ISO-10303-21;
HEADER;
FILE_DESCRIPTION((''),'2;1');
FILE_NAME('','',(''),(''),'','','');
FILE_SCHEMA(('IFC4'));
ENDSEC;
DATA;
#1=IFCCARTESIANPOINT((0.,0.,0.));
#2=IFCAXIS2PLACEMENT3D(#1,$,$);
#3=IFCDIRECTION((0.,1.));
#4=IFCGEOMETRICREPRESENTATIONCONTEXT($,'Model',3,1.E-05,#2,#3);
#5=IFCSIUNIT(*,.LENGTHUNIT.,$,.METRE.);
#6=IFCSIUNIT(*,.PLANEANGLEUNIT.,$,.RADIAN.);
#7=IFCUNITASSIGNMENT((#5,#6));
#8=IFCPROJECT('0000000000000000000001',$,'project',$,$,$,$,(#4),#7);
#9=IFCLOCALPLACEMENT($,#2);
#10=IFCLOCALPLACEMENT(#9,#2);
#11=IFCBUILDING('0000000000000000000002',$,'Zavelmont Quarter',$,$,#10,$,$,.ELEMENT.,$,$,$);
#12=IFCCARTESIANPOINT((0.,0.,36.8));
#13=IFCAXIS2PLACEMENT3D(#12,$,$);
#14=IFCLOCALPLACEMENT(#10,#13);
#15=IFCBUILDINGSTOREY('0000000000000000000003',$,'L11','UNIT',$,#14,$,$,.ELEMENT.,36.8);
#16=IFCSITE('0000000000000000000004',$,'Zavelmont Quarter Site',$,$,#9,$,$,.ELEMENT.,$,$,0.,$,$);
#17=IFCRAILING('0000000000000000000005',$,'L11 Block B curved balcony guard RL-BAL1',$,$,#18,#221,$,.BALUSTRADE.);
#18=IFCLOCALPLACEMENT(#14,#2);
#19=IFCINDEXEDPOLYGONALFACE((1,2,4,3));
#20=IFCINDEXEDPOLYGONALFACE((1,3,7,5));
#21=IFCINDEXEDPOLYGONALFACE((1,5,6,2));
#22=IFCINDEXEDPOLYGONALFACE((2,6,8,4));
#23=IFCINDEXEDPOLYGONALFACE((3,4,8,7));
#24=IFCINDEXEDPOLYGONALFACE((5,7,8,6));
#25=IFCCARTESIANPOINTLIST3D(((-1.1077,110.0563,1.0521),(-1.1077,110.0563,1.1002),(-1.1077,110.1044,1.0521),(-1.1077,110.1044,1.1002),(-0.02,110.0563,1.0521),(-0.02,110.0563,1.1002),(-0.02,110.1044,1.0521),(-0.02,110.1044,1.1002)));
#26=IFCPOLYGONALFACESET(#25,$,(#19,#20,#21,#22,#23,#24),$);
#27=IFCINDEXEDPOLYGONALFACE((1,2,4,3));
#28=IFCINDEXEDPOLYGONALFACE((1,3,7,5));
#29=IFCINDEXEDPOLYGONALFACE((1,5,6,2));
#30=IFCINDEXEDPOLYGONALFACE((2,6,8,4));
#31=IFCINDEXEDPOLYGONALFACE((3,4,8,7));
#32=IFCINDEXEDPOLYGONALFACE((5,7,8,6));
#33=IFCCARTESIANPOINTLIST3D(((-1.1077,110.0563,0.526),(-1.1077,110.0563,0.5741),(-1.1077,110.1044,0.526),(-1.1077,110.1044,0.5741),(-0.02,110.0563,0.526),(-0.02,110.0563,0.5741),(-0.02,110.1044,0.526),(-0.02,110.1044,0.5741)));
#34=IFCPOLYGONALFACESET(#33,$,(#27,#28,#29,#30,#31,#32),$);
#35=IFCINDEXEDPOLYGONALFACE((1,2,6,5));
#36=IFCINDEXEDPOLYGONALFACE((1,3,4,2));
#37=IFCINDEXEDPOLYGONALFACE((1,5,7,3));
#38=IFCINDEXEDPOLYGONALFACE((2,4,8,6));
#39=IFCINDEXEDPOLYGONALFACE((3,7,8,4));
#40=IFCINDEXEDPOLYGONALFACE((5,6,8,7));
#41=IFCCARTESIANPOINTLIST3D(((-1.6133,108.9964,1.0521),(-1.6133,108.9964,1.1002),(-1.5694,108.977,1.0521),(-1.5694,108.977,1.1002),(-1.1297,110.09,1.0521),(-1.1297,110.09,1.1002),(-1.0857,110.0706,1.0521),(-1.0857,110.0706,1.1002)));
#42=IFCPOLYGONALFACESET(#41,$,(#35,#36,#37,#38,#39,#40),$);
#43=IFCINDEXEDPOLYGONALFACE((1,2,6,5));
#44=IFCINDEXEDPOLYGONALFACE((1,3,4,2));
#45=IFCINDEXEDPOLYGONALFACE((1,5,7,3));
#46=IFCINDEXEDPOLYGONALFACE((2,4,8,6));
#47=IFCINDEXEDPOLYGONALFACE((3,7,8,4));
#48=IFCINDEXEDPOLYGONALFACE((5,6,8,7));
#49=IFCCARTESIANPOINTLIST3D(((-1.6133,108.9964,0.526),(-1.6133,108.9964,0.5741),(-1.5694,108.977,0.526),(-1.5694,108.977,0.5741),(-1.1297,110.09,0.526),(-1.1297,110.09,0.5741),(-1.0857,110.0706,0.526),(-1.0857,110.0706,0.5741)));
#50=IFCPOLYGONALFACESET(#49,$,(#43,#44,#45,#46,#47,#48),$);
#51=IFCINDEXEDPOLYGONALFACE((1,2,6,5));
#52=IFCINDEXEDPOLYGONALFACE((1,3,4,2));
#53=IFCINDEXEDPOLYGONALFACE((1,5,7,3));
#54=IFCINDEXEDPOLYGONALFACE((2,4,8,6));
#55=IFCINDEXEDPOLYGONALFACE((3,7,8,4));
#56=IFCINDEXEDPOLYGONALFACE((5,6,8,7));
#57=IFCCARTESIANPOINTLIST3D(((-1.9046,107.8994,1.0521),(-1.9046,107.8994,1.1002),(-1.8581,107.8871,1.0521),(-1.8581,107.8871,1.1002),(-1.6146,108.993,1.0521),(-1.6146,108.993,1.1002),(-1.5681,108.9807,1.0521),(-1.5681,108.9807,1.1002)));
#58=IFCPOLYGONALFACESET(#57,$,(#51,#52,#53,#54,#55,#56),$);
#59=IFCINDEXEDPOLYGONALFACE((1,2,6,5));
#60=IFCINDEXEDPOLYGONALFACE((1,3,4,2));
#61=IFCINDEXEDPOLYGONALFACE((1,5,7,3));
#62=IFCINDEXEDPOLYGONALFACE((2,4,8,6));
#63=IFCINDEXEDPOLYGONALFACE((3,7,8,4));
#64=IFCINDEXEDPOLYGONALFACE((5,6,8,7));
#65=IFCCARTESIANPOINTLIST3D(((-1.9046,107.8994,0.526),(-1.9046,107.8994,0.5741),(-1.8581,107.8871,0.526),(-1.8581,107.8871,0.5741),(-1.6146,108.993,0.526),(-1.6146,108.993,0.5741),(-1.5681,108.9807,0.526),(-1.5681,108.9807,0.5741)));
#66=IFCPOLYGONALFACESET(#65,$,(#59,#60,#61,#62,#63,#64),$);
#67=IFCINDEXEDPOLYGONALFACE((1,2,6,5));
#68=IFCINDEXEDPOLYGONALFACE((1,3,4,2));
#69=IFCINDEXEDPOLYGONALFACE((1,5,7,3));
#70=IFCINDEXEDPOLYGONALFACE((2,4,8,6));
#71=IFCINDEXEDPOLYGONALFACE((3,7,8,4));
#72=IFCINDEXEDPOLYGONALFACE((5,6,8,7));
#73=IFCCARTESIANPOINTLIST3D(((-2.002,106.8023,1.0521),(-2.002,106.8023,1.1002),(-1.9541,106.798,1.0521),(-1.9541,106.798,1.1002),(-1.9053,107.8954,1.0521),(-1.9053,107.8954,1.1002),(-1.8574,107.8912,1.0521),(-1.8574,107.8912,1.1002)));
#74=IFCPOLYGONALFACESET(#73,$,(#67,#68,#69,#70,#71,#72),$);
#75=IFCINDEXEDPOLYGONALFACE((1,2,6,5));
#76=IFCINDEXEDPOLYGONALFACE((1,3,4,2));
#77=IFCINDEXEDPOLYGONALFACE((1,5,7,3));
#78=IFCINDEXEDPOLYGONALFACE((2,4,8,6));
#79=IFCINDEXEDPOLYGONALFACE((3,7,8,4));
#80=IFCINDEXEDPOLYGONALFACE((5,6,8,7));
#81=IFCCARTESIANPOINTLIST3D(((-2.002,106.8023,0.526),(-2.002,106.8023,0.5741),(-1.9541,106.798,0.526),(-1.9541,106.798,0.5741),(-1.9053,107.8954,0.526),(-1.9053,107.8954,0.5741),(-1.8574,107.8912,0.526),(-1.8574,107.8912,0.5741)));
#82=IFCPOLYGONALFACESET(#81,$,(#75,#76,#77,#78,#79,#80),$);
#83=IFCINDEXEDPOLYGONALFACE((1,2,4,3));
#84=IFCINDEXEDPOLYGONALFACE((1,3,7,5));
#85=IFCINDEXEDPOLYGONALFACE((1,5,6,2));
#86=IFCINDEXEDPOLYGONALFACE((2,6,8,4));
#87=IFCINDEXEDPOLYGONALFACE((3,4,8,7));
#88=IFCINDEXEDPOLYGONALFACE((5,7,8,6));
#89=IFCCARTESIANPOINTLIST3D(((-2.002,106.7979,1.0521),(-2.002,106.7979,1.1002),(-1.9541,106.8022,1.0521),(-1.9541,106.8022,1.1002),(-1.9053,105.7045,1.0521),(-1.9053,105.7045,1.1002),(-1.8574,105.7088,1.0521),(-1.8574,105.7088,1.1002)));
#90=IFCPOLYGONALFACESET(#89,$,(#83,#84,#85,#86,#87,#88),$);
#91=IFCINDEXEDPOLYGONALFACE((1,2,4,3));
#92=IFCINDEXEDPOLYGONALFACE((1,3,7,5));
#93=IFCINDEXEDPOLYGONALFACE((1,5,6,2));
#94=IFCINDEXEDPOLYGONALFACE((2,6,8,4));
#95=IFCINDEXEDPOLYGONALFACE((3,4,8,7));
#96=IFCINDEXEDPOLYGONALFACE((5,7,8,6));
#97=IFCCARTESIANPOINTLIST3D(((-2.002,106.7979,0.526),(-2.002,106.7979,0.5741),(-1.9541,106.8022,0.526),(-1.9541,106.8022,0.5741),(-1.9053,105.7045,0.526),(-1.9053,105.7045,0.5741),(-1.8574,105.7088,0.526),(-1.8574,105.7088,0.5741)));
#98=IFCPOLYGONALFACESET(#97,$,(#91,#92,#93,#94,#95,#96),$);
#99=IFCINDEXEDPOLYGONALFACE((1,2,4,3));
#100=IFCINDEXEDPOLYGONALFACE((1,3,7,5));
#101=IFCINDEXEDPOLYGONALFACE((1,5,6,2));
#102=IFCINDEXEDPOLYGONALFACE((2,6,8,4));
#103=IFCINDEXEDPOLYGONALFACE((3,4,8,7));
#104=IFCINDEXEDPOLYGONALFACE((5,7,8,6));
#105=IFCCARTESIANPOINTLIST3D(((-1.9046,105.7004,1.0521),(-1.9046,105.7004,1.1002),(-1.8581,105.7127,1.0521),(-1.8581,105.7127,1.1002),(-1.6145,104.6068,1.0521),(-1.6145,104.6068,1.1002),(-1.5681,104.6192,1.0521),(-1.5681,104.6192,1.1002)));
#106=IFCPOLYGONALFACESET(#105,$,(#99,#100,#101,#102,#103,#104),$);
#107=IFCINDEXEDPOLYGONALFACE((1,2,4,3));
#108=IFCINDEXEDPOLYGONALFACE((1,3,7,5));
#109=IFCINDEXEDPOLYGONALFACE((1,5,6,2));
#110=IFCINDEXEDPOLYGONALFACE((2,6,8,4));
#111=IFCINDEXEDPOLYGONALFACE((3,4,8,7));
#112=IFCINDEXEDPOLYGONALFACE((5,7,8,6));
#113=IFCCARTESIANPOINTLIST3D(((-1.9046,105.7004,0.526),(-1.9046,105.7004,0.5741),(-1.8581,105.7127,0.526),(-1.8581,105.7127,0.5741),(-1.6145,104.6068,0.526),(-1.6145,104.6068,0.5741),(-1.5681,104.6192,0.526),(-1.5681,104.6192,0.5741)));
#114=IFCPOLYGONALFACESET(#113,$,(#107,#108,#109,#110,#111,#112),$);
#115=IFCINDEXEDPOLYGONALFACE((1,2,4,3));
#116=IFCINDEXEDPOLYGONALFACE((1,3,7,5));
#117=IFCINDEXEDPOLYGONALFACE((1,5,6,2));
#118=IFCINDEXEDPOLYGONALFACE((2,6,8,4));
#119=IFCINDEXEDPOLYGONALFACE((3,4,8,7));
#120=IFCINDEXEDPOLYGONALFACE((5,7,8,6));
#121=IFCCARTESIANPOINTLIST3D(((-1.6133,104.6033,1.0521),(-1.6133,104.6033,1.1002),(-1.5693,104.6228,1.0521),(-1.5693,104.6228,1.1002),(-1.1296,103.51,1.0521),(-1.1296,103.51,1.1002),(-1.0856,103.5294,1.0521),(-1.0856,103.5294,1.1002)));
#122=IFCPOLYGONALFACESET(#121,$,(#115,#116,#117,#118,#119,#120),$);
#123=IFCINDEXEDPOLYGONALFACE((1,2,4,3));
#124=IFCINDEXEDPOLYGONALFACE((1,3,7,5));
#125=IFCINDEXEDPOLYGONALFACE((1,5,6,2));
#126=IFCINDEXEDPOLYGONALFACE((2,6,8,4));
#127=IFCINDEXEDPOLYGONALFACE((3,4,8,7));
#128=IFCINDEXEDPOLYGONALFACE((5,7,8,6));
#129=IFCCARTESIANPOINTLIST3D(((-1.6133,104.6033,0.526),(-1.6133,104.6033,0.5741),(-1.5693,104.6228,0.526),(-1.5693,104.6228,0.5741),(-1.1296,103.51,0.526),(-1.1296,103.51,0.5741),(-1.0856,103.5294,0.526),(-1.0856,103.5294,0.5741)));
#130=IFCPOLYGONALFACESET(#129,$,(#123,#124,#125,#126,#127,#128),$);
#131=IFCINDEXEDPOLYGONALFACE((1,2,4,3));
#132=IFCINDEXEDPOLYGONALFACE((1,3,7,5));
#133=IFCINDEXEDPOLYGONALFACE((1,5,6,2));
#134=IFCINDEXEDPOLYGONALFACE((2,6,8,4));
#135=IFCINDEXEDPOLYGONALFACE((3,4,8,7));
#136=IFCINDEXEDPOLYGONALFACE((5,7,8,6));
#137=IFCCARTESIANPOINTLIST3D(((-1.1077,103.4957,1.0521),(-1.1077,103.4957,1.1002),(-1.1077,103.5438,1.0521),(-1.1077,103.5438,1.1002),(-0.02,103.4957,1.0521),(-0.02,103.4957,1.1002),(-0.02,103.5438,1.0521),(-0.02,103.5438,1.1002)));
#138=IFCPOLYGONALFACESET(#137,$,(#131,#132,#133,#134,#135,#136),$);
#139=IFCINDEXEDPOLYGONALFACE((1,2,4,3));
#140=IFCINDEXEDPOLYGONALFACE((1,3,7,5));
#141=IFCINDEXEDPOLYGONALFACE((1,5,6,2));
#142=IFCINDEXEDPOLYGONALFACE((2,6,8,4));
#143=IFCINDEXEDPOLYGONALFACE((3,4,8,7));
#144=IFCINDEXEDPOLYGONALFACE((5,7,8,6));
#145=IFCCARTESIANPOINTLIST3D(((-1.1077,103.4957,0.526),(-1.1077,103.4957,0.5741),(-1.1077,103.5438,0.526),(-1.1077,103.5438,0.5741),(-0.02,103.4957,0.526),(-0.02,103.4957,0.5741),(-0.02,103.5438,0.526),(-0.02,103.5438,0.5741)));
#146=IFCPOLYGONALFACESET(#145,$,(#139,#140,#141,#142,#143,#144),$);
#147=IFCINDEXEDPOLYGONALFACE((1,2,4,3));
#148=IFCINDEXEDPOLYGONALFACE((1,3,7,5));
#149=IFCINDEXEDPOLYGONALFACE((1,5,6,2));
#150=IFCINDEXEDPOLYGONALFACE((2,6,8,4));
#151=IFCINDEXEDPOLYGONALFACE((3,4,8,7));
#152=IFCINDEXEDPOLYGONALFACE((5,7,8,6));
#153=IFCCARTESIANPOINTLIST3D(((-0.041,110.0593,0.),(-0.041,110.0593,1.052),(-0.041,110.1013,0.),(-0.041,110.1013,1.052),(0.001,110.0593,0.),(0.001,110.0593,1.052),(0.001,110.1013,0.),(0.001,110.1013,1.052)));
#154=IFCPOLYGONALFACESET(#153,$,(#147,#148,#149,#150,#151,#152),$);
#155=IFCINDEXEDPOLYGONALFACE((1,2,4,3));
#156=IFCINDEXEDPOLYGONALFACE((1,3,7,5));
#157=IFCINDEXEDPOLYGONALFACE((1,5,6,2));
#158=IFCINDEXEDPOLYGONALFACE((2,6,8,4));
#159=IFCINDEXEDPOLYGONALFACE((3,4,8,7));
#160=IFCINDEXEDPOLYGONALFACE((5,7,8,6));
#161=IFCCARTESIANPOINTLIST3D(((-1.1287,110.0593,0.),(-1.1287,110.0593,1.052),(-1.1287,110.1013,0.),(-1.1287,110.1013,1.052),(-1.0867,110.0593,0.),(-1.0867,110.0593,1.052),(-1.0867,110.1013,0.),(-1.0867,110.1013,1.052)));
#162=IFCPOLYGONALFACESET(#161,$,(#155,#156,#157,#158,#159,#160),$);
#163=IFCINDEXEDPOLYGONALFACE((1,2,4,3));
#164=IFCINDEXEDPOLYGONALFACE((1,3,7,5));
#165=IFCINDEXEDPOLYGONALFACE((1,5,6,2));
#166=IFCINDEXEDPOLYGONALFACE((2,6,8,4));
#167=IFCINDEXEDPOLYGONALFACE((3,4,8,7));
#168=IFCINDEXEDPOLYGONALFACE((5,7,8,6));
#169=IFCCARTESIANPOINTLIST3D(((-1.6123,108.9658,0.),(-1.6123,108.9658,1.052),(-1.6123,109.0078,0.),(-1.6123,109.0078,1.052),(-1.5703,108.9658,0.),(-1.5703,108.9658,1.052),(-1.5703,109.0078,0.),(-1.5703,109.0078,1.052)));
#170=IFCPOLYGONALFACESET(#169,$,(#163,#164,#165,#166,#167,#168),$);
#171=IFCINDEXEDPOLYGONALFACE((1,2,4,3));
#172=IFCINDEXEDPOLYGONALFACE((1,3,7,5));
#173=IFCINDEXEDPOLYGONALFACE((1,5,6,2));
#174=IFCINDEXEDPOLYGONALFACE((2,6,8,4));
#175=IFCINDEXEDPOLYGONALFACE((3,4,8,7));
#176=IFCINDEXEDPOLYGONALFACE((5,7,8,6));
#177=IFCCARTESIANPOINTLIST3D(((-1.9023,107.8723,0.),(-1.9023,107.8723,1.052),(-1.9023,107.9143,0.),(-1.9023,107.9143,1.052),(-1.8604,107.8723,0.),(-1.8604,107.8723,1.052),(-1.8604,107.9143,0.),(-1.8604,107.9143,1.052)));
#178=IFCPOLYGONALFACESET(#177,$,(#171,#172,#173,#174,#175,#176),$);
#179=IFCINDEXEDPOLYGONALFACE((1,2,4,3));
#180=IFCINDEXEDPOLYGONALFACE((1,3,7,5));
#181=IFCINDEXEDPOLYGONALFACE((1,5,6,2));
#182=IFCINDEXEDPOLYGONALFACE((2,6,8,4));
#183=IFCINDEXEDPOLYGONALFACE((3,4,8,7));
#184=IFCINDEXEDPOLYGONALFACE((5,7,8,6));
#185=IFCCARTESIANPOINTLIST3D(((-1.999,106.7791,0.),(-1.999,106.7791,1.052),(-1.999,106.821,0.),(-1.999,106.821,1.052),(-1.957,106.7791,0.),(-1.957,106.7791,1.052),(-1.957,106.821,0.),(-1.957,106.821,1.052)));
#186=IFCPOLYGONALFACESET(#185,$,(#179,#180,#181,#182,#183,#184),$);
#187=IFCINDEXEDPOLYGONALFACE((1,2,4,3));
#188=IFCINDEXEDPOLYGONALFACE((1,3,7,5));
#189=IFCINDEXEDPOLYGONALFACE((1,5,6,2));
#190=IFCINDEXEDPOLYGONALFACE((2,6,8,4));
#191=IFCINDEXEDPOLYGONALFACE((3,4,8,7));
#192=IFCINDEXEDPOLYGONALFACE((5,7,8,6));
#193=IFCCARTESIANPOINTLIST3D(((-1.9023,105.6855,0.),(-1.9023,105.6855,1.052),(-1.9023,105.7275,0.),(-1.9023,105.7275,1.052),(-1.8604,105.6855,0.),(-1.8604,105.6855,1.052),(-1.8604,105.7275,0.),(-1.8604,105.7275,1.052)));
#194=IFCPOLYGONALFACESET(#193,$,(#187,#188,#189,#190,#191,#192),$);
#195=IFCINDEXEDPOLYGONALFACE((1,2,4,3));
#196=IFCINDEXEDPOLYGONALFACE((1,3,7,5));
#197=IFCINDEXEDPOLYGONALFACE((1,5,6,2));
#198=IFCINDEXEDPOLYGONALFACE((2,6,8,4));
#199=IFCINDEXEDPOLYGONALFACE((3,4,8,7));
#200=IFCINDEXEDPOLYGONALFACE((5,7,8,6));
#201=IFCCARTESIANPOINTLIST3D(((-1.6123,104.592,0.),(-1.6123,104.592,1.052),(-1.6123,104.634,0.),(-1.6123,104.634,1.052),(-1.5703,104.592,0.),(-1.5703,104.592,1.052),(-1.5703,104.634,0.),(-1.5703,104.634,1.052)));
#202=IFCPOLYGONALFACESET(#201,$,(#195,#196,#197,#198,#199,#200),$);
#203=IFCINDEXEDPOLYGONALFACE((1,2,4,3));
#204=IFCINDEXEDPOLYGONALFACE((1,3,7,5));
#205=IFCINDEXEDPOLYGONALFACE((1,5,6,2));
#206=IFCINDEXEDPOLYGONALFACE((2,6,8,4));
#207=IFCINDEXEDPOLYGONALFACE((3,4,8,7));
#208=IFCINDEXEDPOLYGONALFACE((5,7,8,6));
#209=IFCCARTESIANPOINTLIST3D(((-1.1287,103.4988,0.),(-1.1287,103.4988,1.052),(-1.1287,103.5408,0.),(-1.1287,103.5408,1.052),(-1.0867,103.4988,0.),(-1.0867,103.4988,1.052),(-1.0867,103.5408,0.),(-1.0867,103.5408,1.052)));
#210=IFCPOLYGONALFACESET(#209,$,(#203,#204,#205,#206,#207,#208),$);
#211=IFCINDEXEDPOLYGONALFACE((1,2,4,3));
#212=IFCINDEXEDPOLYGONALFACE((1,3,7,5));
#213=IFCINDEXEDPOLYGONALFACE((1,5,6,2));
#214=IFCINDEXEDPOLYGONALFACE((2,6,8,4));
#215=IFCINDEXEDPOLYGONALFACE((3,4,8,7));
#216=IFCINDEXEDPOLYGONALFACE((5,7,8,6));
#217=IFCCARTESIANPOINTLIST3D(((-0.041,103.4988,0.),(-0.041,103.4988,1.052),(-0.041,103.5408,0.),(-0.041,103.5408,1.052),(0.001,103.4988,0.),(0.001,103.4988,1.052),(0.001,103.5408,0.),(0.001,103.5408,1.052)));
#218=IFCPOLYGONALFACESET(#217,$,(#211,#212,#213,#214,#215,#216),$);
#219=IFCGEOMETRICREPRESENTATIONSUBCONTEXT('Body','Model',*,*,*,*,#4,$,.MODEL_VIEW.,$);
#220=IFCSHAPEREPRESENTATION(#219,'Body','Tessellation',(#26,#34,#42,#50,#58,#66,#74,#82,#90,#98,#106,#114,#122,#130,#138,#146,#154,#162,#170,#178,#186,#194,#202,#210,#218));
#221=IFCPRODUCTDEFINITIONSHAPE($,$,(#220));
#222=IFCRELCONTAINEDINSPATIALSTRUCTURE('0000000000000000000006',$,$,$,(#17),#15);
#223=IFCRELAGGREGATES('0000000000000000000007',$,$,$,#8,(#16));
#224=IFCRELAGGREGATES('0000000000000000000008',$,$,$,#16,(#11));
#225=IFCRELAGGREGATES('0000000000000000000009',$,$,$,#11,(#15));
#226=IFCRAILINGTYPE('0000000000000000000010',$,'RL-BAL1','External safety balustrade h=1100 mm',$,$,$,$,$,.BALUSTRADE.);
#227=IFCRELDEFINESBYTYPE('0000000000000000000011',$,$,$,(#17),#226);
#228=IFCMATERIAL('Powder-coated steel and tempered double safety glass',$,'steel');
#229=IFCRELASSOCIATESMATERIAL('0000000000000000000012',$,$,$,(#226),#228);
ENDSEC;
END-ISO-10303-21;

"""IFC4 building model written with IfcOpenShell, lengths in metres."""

from ifc_helpers import new_model, si_unit, direction, frame, origin, origin_2d, place, context, subcontext, project, spatial, rectangle, extrude, material, type_object, element, save


model = new_model("IFC4")

# Units and contexts
model_context = context("Model", 3, precision=1e-05, world=origin(), true_north=direction((0.0, 1.0)))
body_context = subcontext(model_context, "Body", "Model", "MODEL_VIEW")
ifc_project = project(units=[si_unit("LENGTHUNIT", "METRE"), si_unit("PLANEANGLEUNIT", "RADIAN")], contexts=[model_context])

# Site, building, storey
site_placement = place(None, origin())
site = spatial("IfcSite", under=ifc_project, at=site_placement, Name="Zavelmont Quarter Site", CompositionType="ELEMENT", RefElevation=0.0)
building_placement = place(site_placement, origin())
building = spatial("IfcBuilding", under=site, at=building_placement, Name="Zavelmont Quarter", CompositionType="ELEMENT")
storey_placement = place(building_placement, frame((0.0, 0.0, 36.8)))
storey = spatial("IfcBuildingStorey", under=building, at=storey_placement, Name="L11", Description="UNIT", CompositionType="ELEMENT", Elevation=36.8)

# Railing
ifc_material_1 = material(Name="Powder-coated steel and tempered double safety glass", Category="steel")
railing_type = type_object("IfcRailingType", Name="RL-BAL1", Description="External safety balustrade h=1100 mm", PredefinedType="BALUSTRADE", material=ifc_material_1)
railing_placement = place(storey_placement, frame((-0.02, 110.0803, 0.0)))
element("IfcRailing", 1, at=railing_placement, inside=storey, type_object=railing_type, Name="L11 Block B curved balcony guard RL-BAL1", PredefinedType="BALUSTRADE", context=body_context, shape_type="SweptSolid", body=[
    extrude(rectangle(XDim=0.0481, YDim=0.0481, at=origin_2d()), frame((0.0, 0.0, 1.0762), z_axis=(-1.0, 0.0, 0.0), x_axis=(0.0, -1.0, 0.0)), (0.0, 0.0, 1.0), 1.0876),
    extrude(rectangle(XDim=0.0481, YDim=0.0481, at=origin_2d()), frame((0.0, 0.0, 0.55), z_axis=(-1.0, 0.0, 0.0), x_axis=(0.0, -1.0, 0.0)), (0.0, 0.0, 1.0), 1.0876),
    extrude(rectangle(XDim=0.0481, YDim=0.0481, at=origin_2d()), frame((-1.0876, 0.0, 1.0762), z_axis=(-0.40449, -0.914543, 0.0), x_axis=(0.914543, -0.40449, 0.0)), (0.0, 0.0, 1.0), 1.1958),
    extrude(rectangle(XDim=0.0481, YDim=0.0481, at=origin_2d()), frame((-1.0876, 0.0, 0.55), z_axis=(-0.40449, -0.914543, 0.0), x_axis=(0.914543, -0.40449, 0.0)), (0.0, 0.0, 1.0), 1.1958),
    extrude(rectangle(XDim=0.0481, YDim=0.0481, at=origin_2d()), frame((-1.5713, -1.0935, 1.0762), z_axis=(-0.256373, -0.966578, 0.0), x_axis=(0.966578, -0.256373, 0.0)), (0.0, 0.0, 1.0), 1.1313),
    extrude(rectangle(XDim=0.0481, YDim=0.0481, at=origin_2d()), frame((-1.5713, -1.0935, 0.55), z_axis=(-0.256373, -0.966578, 0.0), x_axis=(0.966578, -0.256373, 0.0)), (0.0, 0.0, 1.0), 1.1313),
    extrude(rectangle(XDim=0.0481, YDim=0.0481, at=origin_2d()), frame((-1.8613, -2.187, 1.0762), z_axis=(-0.088089, -0.996113, 0.0), x_axis=(0.996113, -0.088089, 0.0)), (0.0, 0.0, 1.0), 1.0974),
    extrude(rectangle(XDim=0.0481, YDim=0.0481, at=origin_2d()), frame((-1.8613, -2.187, 0.55), z_axis=(-0.088089, -0.996113, 0.0), x_axis=(0.996113, -0.088089, 0.0)), (0.0, 0.0, 1.0), 1.0974),
    extrude(rectangle(XDim=0.0481, YDim=0.0481, at=origin_2d()), frame((-1.958, -3.2803, 1.0762), z_axis=(0.088069, -0.996114, 0.0), x_axis=(0.996114, 0.088069, 0.0)), (0.0, 0.0, 1.0), 1.0977),
    extrude(rectangle(XDim=0.0481, YDim=0.0481, at=origin_2d()), frame((-1.958, -3.2803, 0.55), z_axis=(0.088069, -0.996114, 0.0), x_axis=(0.996114, 0.088069, 0.0)), (0.0, 0.0, 1.0), 1.0977),
    extrude(rectangle(XDim=0.0481, YDim=0.0481, at=origin_2d()), frame((-1.8613, -4.3738, 1.0762), z_axis=(0.256373, -0.966578, 0.0), x_axis=(0.966578, 0.256373, 0.0)), (0.0, 0.0, 1.0), 1.1313),
    extrude(rectangle(XDim=0.0481, YDim=0.0481, at=origin_2d()), frame((-1.8613, -4.3738, 0.55), z_axis=(0.256373, -0.966578, 0.0), x_axis=(0.966578, 0.256373, 0.0)), (0.0, 0.0, 1.0), 1.1313),
    extrude(rectangle(XDim=0.0481, YDim=0.0481, at=origin_2d()), frame((-1.5713, -5.4673, 1.0762), z_axis=(0.404565, -0.914509, 0.0), x_axis=(0.914509, 0.404565, 0.0)), (0.0, 0.0, 1.0), 1.1956),
    extrude(rectangle(XDim=0.0481, YDim=0.0481, at=origin_2d()), frame((-1.5713, -5.4673, 0.55), z_axis=(0.404565, -0.914509, 0.0), x_axis=(0.914509, 0.404565, 0.0)), (0.0, 0.0, 1.0), 1.1956),
    extrude(rectangle(XDim=0.0481, YDim=0.0481, at=origin_2d()), frame((-1.0876, -6.5605, 1.0762), z_axis=(1.0, 0.0, 0.0), x_axis=(0.0, 1.0, 0.0)), (0.0, 0.0, 1.0), 1.0876),
    extrude(rectangle(XDim=0.0481, YDim=0.0481, at=origin_2d()), frame((-1.0876, -6.5605, 0.55), z_axis=(1.0, 0.0, 0.0), x_axis=(0.0, 1.0, 0.0)), (0.0, 0.0, 1.0), 1.0876),
    extrude(rectangle(XDim=0.042, YDim=0.042, at=origin_2d()), origin(), (0.0, 0.0, 1.0), 1.052),
    extrude(rectangle(XDim=0.042, YDim=0.042, at=origin_2d()), frame((-1.0876, 0.0, 0.0)), (0.0, 0.0, 1.0), 1.052),
    extrude(rectangle(XDim=0.042, YDim=0.042, at=origin_2d()), frame((-1.5713, -1.0935, 0.0)), (0.0, 0.0, 1.0), 1.052),
    extrude(rectangle(XDim=0.042, YDim=0.042, at=origin_2d()), frame((-1.8613, -2.187, 0.0)), (0.0, 0.0, 1.0), 1.052),
    extrude(rectangle(XDim=0.042, YDim=0.042, at=origin_2d()), frame((-1.958, -3.2803, 0.0)), (0.0, 0.0, 1.0), 1.052),
    extrude(rectangle(XDim=0.042, YDim=0.042, at=origin_2d()), frame((-1.8613, -4.3738, 0.0)), (0.0, 0.0, 1.0), 1.052),
    extrude(rectangle(XDim=0.042, YDim=0.042, at=origin_2d()), frame((-1.5713, -5.4673, 0.0)), (0.0, 0.0, 1.0), 1.052),
    extrude(rectangle(XDim=0.042, YDim=0.042, at=origin_2d()), frame((-1.0876, -6.5605, 0.0)), (0.0, 0.0, 1.0), 1.052),
    extrude(rectangle(XDim=0.042, YDim=0.042, at=origin_2d()), frame((0.0, -6.5605, 0.0)), (0.0, 0.0, 1.0), 1.052),
])

save(model, "model.ifc")
